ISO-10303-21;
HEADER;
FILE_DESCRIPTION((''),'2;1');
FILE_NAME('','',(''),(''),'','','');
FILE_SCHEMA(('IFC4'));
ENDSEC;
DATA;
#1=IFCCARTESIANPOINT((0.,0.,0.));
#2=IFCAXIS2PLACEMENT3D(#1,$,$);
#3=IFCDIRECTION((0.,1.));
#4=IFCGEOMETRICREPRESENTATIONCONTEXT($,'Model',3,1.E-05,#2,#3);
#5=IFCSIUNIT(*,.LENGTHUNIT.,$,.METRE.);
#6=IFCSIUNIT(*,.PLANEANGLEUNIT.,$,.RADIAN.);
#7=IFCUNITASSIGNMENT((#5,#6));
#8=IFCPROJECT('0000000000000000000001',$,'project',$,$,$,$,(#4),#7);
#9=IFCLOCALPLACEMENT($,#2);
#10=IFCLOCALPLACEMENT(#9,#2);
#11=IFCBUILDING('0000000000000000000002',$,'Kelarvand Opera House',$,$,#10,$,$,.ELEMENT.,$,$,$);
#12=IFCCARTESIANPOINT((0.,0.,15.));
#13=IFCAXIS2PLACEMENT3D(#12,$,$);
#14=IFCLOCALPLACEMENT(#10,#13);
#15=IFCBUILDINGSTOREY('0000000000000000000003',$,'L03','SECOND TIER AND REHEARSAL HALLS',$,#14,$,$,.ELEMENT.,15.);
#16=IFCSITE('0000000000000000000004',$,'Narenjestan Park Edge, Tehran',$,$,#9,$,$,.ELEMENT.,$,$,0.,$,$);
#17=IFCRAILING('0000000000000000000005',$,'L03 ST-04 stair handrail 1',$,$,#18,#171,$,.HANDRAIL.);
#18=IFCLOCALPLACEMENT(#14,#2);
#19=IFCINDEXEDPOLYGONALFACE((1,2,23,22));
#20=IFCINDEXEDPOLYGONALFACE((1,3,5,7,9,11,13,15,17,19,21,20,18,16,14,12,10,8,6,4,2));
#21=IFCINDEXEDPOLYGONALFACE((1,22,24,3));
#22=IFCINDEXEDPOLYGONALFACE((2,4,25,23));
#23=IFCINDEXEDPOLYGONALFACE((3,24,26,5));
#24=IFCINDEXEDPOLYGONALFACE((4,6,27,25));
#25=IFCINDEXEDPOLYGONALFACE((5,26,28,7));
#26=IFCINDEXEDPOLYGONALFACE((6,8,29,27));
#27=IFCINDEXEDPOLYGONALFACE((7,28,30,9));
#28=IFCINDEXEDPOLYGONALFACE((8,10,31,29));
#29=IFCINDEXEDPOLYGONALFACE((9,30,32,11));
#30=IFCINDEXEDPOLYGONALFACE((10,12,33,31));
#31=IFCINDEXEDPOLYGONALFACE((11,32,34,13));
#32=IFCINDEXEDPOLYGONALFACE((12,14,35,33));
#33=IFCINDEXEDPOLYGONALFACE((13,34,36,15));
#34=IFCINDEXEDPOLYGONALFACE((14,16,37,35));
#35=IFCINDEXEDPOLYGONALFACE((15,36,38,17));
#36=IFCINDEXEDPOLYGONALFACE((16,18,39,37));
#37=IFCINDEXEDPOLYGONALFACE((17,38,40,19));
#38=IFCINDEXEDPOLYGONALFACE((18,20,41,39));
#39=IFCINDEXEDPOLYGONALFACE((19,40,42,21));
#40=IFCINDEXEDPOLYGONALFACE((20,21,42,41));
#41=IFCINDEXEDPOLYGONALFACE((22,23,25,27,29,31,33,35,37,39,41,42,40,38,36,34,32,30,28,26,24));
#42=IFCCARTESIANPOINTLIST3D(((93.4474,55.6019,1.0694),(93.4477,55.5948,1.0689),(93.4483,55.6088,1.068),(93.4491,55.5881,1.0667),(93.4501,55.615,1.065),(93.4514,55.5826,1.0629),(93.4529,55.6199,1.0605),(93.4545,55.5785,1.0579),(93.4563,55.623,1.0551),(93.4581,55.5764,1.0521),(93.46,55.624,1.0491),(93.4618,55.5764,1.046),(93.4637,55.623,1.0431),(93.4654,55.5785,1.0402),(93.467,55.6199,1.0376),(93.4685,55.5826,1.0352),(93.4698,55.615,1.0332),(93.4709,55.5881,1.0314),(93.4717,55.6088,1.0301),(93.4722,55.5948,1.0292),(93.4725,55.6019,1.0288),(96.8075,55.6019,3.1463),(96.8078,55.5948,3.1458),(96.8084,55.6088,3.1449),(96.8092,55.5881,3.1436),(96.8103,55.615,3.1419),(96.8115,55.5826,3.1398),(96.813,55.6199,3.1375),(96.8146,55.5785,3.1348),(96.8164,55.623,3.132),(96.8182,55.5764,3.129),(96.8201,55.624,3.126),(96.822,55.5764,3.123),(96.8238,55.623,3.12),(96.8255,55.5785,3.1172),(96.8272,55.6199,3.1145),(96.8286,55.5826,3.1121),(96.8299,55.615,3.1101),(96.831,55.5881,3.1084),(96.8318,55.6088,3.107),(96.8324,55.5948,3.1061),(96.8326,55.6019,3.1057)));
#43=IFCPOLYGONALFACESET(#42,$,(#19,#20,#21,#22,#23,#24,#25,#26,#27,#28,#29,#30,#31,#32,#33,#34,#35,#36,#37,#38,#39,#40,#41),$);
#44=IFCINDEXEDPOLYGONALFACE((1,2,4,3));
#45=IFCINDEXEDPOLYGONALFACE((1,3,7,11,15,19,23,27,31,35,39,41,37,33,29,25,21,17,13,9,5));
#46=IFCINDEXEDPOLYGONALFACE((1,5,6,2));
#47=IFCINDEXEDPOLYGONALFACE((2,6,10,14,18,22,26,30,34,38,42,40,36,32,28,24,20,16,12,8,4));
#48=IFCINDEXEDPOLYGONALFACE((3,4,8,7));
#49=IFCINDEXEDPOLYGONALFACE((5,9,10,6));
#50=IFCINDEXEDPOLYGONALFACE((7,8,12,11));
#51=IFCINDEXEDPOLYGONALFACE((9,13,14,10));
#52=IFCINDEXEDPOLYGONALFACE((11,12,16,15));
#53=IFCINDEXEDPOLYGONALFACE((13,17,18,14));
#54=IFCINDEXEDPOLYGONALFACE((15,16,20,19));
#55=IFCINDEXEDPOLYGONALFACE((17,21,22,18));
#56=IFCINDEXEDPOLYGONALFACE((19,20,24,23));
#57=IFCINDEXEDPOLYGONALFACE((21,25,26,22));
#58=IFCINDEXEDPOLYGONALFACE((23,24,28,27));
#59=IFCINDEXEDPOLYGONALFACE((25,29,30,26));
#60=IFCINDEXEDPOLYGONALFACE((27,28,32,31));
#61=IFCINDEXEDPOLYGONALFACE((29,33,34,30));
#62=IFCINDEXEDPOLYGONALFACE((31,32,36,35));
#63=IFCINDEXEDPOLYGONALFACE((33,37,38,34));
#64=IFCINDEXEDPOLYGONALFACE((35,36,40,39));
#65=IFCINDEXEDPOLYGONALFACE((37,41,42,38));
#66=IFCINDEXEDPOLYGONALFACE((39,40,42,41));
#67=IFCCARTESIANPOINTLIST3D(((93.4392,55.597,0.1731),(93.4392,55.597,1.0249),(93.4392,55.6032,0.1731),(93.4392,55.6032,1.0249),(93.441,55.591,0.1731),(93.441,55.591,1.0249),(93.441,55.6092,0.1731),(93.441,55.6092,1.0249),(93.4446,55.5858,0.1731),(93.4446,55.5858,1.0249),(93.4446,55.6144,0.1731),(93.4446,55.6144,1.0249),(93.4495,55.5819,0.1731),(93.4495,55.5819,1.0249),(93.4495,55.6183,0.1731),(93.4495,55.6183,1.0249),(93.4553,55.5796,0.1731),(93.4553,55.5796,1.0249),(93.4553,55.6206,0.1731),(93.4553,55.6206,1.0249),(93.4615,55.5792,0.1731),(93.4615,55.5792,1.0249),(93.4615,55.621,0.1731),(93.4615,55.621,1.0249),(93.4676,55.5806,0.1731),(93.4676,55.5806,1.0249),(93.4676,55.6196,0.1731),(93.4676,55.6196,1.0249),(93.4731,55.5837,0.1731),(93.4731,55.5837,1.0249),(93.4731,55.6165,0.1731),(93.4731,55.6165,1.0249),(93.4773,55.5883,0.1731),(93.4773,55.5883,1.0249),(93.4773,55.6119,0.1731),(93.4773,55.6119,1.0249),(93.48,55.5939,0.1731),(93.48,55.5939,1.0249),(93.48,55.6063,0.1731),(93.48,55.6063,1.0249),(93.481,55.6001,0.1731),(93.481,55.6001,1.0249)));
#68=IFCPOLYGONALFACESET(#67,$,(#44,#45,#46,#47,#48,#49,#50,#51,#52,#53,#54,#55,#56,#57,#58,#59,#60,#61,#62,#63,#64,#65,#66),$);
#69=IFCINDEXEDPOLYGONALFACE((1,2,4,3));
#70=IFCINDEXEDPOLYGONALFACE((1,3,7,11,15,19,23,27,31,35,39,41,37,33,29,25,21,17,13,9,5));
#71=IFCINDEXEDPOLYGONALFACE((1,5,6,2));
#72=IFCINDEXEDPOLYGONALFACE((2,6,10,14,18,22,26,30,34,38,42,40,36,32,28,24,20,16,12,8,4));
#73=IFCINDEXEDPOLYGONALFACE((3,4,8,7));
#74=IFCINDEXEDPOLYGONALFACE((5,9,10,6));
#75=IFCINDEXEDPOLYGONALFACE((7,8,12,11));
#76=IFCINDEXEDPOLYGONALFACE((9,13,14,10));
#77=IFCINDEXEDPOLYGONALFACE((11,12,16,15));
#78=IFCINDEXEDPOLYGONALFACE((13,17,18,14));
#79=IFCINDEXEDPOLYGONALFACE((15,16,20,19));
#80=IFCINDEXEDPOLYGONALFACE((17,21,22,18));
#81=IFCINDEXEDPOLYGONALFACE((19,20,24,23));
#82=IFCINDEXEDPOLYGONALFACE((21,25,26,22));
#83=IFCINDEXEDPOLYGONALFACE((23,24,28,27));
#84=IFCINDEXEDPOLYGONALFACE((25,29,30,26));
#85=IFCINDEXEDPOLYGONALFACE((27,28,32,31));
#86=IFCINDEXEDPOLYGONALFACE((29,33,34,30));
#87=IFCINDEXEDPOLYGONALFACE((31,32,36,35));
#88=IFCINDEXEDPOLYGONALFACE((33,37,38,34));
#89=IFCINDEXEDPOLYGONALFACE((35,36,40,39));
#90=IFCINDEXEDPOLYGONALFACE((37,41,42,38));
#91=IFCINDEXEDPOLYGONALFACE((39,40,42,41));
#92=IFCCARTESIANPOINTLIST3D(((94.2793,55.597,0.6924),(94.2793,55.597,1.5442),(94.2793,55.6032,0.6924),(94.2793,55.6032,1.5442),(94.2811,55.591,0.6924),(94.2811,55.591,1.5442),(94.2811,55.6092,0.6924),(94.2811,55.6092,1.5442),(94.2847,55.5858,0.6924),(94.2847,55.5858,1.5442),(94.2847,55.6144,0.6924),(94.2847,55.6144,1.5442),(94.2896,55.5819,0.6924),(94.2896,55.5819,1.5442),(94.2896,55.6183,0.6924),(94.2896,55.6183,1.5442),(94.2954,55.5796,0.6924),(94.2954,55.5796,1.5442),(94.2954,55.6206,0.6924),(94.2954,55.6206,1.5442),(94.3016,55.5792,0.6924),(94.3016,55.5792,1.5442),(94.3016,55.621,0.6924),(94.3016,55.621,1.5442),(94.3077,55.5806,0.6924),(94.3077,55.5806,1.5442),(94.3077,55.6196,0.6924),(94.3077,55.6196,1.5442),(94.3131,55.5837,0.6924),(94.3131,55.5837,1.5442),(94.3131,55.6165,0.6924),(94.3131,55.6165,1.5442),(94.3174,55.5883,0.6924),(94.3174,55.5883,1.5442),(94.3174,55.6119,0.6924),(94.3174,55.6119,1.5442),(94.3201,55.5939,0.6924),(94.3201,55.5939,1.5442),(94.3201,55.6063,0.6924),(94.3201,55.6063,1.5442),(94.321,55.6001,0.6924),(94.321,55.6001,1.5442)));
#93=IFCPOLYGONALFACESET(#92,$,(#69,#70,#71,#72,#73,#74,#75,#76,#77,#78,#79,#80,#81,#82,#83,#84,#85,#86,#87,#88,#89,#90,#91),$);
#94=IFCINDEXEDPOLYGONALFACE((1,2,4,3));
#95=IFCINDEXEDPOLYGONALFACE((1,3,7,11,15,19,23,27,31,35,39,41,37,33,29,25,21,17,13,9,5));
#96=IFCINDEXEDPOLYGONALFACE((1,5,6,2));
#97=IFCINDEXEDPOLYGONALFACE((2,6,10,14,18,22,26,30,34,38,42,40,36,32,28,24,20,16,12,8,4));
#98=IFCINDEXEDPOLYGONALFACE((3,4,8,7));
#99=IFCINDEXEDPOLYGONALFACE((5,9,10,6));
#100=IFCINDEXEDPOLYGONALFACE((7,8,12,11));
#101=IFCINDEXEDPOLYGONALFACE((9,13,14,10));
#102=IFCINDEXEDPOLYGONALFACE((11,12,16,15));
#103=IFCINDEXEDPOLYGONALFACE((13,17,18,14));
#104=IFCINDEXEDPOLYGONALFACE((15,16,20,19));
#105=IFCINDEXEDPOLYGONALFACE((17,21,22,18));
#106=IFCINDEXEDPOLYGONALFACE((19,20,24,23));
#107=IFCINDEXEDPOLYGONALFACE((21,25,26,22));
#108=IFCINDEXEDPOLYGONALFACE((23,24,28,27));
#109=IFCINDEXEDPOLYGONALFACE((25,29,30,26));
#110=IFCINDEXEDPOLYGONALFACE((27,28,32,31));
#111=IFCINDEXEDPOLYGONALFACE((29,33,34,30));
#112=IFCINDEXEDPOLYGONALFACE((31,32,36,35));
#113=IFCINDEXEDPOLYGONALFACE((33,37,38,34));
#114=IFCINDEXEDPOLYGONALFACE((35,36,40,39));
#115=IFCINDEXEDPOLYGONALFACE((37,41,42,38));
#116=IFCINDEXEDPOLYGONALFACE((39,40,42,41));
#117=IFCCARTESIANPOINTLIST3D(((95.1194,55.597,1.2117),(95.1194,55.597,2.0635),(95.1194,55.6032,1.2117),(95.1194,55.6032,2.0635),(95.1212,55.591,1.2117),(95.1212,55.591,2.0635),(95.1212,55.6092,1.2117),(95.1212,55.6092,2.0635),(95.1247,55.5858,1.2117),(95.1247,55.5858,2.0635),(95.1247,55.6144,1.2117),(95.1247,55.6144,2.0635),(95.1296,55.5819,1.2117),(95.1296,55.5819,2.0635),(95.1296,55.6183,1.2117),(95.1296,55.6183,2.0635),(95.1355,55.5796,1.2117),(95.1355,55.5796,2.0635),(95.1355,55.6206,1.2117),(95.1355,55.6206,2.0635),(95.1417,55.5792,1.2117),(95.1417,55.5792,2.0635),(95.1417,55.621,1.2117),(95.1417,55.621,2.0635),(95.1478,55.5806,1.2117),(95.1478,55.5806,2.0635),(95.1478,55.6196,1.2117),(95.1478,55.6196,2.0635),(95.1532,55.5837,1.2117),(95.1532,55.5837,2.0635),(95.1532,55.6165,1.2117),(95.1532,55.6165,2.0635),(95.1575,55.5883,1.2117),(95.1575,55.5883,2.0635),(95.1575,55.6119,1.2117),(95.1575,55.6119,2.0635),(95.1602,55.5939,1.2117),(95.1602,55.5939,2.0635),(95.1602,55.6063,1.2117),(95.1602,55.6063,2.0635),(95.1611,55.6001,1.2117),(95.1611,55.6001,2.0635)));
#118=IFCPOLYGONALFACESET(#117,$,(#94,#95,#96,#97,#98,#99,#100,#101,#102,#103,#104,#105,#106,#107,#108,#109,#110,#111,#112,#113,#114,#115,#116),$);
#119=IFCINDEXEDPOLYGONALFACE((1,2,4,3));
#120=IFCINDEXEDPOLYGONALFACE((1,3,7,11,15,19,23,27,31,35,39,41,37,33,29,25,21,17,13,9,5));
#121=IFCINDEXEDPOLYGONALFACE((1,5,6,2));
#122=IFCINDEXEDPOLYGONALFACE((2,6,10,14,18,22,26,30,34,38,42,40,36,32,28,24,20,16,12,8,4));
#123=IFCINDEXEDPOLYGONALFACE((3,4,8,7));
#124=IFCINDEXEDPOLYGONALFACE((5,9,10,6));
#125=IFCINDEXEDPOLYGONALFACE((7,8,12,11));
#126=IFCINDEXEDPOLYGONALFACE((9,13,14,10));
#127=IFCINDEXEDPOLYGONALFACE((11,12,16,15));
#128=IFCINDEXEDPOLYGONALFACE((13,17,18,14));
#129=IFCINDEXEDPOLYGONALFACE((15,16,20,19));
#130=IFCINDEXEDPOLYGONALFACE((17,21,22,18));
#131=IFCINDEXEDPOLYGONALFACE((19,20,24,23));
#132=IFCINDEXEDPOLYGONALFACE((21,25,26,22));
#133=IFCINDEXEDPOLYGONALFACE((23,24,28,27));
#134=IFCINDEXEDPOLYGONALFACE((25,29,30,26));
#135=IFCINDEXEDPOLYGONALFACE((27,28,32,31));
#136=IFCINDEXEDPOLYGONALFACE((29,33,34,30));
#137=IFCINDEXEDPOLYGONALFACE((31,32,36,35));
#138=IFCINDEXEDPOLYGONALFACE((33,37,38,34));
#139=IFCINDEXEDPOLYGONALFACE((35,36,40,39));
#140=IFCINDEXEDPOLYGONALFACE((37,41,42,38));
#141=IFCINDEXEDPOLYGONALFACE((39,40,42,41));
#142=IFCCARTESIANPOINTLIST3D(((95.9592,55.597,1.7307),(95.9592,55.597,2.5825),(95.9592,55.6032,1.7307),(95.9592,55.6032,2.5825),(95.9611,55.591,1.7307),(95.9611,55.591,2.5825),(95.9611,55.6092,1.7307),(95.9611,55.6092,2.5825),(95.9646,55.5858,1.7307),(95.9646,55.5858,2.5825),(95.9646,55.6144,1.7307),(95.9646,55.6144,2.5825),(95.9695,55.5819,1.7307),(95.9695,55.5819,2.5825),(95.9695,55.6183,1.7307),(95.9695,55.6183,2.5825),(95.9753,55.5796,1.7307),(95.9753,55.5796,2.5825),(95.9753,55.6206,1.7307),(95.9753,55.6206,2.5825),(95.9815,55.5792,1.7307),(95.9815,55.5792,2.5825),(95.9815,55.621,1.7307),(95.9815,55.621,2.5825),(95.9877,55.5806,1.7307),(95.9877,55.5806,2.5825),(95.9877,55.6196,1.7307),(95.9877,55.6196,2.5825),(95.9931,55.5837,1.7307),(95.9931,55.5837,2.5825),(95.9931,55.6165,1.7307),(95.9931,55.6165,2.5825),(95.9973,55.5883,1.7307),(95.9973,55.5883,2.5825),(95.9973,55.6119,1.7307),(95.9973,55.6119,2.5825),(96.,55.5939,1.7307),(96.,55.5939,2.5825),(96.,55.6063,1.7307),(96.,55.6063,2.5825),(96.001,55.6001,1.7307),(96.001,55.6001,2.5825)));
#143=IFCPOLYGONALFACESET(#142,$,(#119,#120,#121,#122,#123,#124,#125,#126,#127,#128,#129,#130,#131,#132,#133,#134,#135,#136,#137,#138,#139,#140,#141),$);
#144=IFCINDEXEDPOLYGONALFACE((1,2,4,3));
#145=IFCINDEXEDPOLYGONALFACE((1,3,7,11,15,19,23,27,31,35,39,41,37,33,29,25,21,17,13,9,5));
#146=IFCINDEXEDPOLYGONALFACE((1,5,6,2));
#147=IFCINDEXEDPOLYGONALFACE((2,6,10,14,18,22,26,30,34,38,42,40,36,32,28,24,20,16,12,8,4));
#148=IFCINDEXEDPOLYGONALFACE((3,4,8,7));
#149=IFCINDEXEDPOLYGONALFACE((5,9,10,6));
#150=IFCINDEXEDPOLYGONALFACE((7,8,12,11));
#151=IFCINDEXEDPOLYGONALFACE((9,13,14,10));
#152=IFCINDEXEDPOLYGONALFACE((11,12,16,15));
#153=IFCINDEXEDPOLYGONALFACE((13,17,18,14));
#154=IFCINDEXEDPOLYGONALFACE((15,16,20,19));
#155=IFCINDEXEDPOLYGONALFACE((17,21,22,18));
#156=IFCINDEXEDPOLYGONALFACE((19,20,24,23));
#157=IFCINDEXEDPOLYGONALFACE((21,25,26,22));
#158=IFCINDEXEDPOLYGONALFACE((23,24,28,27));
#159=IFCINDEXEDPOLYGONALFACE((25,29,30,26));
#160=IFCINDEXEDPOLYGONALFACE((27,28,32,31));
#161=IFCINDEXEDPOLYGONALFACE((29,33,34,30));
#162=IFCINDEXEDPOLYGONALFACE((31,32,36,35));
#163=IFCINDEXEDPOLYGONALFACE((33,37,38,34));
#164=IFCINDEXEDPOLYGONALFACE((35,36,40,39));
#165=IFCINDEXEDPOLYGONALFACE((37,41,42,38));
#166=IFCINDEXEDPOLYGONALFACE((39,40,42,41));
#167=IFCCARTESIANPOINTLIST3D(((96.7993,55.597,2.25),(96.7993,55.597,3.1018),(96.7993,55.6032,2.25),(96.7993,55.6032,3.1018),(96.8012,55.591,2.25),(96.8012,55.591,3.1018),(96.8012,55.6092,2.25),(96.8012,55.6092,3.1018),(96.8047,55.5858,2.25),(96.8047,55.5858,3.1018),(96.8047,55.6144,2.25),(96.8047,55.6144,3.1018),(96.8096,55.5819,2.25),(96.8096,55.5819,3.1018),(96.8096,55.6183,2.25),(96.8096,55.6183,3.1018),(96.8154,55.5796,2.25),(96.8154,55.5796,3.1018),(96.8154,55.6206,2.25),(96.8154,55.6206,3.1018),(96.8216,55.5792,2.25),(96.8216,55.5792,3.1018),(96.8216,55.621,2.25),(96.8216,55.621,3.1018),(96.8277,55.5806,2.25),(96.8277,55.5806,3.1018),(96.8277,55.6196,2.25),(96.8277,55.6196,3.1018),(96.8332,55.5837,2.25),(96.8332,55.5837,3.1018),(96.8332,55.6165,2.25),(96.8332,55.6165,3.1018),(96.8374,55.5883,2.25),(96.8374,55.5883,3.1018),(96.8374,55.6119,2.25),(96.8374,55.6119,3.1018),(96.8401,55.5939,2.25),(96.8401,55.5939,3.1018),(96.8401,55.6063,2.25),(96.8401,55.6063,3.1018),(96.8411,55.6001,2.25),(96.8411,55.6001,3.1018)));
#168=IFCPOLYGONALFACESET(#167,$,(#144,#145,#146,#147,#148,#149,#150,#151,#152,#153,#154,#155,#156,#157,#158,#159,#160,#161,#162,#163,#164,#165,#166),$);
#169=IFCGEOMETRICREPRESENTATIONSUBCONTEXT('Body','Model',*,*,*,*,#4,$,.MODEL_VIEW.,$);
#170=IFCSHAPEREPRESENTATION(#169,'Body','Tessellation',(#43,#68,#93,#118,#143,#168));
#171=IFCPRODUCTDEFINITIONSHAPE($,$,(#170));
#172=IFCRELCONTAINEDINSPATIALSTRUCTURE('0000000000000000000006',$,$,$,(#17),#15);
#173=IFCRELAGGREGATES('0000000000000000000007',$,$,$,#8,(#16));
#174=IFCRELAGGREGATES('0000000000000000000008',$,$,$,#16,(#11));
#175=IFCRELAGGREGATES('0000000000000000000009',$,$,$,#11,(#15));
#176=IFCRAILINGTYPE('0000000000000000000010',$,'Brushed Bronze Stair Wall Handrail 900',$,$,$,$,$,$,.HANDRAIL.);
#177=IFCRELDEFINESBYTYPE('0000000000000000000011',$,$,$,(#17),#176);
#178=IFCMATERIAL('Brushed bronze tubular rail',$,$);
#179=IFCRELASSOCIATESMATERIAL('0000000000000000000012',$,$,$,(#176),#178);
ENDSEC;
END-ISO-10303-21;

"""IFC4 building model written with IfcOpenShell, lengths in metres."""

from ifc_helpers import new_model, si_unit, direction, frame, origin, origin_2d, place, context, subcontext, project, spatial, circle, extrude, material, type_object, element, save


model = new_model("IFC4")

# Units and contexts
model_context = context("Model", 3, precision=1e-05, world=origin(), true_north=direction((0.0, 1.0)))
body_context = subcontext(model_context, "Body", "Model", "MODEL_VIEW")
ifc_project = project(units=[si_unit("LENGTHUNIT", "METRE"), si_unit("PLANEANGLEUNIT", "RADIAN")], contexts=[model_context])

# Site, building, storey
site_placement = place(None, origin())
site = spatial("IfcSite", under=ifc_project, at=site_placement, Name="Narenjestan Park Edge, Tehran", CompositionType="ELEMENT", RefElevation=0.0)
building_placement = place(site_placement, origin())
building = spatial("IfcBuilding", under=site, at=building_placement, Name="Kelarvand Opera House", CompositionType="ELEMENT")
storey_placement = place(building_placement, frame((0.0, 0.0, 15.0)))
storey = spatial("IfcBuildingStorey", under=building, at=storey_placement, Name="L03", Description="SECOND TIER AND REHEARSAL HALLS", CompositionType="ELEMENT", Elevation=15.0)

# Railing
ifc_material_1 = material(Name="Brushed bronze tubular rail")
railing_type_1 = type_object("IfcRailingType", Name="Brushed Bronze Stair Wall Handrail 900", PredefinedType="HANDRAIL", material=ifc_material_1)
railing_1_placement = place(storey_placement, frame((93.46, 55.6001, 0.1731)))
element("IfcRailing", 1, at=railing_1_placement, inside=storey, type_object=railing_type_1, Name="L03 ST-04 stair handrail 1", PredefinedType="HANDRAIL", context=body_context, shape_type="SweptSolid", body=[
    extrude(circle(Radius=0.0239, at=origin_2d()), frame((0.0, 0.0, 0.876), z_axis=(0.850623, 0.0, 0.525776), x_axis=(0.0, 1.0, 0.0)), (0.0, 0.0, 1.0), 3.9502),
    extrude(circle(Radius=0.021, at=origin_2d()), origin(), (0.0, 0.0, 1.0), 0.8518),
    extrude(circle(Radius=0.021, at=origin_2d()), frame((0.8401, 0.0, 0.5193)), (0.0, 0.0, 1.0), 0.8518),
    extrude(circle(Radius=0.021, at=origin_2d()), frame((1.6802, 0.0, 1.0386)), (0.0, 0.0, 1.0), 0.8518),
    extrude(circle(Radius=0.021, at=origin_2d()), frame((2.52, 0.0, 1.5576)), (0.0, 0.0, 1.0), 0.8518),
    extrude(circle(Radius=0.021, at=origin_2d()), frame((3.3601, 0.0, 2.0769)), (0.0, 0.0, 1.0), 0.8518),
])

save(model, "model.ifc")
